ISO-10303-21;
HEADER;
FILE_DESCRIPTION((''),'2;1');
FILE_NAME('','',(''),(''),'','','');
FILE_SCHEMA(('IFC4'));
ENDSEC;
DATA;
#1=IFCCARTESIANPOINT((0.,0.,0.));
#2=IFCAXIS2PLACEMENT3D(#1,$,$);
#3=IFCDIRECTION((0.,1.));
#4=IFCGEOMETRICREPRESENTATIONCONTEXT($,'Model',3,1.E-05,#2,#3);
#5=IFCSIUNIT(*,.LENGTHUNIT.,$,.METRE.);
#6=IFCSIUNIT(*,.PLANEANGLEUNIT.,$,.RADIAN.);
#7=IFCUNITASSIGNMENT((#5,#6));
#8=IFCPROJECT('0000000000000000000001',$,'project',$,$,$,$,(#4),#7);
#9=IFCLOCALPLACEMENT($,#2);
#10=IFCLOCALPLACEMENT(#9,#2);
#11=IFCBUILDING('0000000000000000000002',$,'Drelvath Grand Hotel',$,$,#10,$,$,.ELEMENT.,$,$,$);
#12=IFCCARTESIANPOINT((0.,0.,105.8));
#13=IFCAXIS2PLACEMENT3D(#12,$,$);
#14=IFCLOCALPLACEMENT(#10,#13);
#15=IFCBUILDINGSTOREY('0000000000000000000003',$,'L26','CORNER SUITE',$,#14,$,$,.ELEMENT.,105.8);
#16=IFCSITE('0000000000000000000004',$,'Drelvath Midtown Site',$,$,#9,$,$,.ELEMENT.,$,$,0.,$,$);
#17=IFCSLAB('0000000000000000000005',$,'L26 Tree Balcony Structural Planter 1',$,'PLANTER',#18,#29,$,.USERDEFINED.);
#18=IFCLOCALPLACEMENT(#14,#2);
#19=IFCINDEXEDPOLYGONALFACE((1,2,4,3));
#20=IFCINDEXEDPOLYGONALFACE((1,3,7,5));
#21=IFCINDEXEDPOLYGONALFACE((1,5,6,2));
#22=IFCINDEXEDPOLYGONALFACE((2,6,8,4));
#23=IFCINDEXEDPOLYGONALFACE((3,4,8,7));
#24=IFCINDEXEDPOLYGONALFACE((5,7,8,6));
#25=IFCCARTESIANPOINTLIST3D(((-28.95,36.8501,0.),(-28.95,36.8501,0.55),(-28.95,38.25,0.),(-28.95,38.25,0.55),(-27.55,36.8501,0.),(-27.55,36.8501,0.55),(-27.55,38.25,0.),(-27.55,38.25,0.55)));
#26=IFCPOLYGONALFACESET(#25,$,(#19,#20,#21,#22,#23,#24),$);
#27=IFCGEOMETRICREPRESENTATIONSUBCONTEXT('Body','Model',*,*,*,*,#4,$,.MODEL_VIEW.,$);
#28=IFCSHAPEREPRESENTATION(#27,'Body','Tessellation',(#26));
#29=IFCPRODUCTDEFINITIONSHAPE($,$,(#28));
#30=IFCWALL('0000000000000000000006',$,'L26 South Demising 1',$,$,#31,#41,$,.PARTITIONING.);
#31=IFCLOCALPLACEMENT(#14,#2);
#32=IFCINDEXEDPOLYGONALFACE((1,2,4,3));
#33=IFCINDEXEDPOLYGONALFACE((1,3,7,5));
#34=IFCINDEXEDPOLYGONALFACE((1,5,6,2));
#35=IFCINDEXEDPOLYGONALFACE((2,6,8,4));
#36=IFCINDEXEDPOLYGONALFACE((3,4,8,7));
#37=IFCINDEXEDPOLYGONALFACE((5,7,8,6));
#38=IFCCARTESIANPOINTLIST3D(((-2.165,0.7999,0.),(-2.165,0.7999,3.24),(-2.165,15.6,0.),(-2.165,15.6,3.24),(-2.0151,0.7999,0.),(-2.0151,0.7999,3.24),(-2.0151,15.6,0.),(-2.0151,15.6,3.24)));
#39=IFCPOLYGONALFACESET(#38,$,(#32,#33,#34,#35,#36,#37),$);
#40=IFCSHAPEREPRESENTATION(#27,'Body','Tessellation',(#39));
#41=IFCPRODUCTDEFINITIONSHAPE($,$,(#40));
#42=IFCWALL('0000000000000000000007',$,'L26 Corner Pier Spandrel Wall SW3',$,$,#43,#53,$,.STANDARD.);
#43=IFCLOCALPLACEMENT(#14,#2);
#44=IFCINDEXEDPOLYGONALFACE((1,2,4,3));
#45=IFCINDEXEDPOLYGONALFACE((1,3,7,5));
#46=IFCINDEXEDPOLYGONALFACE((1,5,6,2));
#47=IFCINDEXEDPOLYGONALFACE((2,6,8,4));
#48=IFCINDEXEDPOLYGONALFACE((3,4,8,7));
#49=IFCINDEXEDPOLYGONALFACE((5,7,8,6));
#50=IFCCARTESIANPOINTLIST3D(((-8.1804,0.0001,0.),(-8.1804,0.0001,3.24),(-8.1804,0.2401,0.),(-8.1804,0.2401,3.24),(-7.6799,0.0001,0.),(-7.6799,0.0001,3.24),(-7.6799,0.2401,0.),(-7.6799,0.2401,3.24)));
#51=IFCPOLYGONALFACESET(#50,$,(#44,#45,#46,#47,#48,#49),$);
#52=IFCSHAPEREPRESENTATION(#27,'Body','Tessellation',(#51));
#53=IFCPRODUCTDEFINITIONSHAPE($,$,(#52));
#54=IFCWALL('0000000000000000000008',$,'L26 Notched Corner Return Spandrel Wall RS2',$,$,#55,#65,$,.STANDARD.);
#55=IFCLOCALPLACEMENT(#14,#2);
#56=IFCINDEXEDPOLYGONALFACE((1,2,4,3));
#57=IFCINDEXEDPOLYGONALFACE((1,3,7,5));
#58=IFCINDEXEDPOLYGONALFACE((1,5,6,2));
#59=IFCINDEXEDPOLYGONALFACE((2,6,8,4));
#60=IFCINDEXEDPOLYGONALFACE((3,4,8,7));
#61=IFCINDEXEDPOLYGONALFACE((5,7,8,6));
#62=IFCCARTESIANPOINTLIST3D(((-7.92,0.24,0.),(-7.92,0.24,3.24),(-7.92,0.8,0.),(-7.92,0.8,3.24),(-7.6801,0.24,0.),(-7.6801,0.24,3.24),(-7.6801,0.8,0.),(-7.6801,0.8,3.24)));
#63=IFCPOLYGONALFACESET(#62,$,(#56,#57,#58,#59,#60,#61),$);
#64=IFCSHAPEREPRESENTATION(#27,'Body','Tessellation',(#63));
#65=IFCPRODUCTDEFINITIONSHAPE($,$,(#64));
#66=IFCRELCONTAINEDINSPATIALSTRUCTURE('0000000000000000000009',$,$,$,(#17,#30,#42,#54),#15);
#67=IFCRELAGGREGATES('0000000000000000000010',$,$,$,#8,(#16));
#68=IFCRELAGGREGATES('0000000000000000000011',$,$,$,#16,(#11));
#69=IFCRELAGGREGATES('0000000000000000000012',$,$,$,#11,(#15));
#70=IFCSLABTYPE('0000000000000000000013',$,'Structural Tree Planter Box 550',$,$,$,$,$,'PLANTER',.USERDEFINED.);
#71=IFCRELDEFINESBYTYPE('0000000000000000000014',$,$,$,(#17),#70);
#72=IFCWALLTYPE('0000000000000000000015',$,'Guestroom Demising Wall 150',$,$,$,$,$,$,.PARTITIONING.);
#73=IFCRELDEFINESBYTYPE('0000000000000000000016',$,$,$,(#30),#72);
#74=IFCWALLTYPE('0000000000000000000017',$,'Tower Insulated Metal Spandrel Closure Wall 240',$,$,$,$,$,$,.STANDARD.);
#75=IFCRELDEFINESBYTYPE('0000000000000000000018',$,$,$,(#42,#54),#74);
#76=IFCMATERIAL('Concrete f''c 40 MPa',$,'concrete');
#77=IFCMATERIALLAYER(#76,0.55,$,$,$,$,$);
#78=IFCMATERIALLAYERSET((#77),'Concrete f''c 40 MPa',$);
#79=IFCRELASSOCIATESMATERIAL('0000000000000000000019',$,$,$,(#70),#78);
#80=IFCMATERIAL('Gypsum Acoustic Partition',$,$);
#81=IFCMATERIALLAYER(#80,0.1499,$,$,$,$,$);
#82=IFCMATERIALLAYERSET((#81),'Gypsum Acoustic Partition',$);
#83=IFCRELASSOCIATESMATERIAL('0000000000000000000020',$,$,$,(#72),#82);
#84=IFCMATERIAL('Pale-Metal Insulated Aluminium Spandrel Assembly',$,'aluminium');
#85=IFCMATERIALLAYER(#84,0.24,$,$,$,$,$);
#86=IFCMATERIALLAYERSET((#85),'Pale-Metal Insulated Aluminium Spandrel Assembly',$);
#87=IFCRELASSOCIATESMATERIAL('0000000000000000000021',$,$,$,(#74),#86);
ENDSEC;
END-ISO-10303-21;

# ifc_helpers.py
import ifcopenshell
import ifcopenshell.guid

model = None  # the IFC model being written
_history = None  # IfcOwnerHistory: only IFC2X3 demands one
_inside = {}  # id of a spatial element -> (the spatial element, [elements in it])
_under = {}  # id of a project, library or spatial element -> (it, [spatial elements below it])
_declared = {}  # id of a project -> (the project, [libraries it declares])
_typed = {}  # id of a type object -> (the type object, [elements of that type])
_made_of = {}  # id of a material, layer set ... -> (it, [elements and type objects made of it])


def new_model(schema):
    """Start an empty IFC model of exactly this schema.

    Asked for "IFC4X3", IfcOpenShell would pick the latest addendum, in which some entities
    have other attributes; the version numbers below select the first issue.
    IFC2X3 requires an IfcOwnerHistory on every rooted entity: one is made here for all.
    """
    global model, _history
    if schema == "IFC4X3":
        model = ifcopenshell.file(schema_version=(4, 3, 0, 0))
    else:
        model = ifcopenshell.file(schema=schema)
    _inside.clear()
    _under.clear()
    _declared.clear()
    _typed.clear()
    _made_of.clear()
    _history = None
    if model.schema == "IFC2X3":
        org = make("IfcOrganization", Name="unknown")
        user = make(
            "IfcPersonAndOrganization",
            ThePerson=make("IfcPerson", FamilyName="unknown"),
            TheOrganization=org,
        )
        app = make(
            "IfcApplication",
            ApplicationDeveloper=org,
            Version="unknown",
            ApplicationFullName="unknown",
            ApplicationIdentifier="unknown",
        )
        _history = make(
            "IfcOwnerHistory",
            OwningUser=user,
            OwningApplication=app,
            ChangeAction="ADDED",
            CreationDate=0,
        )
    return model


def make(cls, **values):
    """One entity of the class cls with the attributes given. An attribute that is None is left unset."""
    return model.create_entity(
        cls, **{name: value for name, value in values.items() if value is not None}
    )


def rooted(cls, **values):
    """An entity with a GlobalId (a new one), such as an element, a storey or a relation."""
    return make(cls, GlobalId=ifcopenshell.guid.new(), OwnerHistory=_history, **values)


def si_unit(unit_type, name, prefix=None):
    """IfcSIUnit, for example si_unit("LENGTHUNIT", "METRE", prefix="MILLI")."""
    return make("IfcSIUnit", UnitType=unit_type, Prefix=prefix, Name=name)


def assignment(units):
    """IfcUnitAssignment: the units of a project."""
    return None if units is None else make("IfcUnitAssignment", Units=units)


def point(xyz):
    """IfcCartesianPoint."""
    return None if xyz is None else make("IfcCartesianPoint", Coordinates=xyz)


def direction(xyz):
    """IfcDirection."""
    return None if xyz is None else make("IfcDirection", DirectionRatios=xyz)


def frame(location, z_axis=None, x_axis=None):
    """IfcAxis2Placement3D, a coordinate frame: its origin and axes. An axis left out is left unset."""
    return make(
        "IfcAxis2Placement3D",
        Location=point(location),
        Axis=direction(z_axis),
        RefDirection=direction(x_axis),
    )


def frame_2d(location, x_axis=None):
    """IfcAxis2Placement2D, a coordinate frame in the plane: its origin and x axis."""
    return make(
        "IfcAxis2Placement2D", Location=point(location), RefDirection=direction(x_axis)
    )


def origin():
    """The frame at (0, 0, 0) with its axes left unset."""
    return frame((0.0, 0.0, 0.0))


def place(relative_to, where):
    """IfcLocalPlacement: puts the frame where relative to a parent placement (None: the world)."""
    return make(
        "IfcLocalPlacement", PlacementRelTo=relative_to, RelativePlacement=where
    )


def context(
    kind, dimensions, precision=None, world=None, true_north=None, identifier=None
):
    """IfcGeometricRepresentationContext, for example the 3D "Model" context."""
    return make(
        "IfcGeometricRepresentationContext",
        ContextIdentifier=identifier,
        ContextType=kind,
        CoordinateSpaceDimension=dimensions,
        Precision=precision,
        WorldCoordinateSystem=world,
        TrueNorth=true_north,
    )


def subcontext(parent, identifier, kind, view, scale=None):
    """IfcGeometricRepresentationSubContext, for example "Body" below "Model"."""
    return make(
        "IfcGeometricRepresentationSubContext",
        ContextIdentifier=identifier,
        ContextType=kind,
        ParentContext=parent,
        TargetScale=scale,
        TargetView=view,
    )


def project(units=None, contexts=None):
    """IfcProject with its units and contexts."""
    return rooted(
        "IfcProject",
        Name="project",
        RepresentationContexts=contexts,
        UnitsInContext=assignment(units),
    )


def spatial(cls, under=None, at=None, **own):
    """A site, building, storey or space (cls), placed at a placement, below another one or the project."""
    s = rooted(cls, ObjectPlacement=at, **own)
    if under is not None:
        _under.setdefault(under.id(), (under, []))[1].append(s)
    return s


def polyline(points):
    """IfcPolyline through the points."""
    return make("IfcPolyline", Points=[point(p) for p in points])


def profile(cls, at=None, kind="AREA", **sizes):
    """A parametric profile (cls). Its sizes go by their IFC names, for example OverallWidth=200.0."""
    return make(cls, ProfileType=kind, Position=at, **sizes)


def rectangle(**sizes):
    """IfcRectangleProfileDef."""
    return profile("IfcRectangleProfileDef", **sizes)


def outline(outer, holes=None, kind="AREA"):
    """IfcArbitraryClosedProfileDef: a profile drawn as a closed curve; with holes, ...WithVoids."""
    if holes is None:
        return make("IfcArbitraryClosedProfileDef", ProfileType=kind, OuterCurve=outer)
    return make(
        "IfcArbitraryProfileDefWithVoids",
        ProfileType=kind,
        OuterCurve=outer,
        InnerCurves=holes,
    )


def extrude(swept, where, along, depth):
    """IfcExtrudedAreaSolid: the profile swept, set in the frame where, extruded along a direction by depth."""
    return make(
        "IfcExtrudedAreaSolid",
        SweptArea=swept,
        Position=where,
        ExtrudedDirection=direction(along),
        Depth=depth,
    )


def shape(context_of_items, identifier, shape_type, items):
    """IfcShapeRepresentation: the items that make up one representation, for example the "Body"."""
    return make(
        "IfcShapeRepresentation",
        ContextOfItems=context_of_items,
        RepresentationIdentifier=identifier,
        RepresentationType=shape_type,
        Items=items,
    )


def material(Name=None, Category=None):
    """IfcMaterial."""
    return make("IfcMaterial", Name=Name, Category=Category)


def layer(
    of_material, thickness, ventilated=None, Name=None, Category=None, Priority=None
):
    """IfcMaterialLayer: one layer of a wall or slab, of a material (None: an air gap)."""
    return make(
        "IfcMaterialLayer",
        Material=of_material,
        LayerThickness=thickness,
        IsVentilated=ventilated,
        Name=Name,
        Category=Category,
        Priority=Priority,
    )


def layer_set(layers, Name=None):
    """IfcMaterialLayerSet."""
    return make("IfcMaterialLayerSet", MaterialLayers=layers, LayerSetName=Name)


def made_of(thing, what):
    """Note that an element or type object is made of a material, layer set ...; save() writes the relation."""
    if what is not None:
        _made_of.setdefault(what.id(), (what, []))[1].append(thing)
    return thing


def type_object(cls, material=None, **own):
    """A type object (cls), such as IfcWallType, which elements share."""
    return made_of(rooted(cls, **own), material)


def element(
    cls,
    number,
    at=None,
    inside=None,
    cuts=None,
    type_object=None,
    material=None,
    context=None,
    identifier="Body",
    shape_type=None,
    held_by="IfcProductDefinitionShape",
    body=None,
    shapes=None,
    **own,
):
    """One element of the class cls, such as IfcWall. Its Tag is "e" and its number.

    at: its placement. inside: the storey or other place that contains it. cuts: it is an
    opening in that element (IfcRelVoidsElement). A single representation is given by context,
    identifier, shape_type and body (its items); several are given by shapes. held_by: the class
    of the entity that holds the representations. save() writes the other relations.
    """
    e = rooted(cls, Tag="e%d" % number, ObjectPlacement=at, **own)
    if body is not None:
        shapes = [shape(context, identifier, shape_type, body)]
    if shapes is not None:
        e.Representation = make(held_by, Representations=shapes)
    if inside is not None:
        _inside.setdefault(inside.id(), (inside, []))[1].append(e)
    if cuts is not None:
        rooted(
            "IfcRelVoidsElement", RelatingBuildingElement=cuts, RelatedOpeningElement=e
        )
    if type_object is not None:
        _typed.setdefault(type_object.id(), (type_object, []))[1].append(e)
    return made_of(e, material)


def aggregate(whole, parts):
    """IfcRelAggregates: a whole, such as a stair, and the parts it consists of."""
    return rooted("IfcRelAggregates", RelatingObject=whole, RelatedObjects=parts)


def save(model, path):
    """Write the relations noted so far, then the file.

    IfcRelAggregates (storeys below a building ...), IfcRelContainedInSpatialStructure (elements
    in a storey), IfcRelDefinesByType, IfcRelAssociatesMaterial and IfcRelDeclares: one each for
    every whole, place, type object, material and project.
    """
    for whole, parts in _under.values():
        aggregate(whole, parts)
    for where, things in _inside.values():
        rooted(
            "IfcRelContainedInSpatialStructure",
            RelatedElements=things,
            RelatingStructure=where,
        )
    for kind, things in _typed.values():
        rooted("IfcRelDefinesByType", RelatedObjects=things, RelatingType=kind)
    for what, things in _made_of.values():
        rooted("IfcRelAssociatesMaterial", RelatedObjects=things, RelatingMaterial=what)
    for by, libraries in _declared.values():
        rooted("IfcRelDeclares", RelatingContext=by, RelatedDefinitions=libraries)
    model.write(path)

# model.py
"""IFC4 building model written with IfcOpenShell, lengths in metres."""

from ifc_helpers import new_model, si_unit, direction, frame, frame_2d, origin, place, context, subcontext, project, spatial, polyline, rectangle, outline, extrude, material, layer, layer_set, type_object, element, save


model = new_model("IFC4")

# Units and contexts
model_context = context("Model", 3, precision=1e-05, world=origin(), true_north=direction((0.0, 1.0)))
body_context = subcontext(model_context, "Body", "Model", "MODEL_VIEW")
ifc_project = project(units=[si_unit("LENGTHUNIT", "METRE"), si_unit("PLANEANGLEUNIT", "RADIAN")], contexts=[model_context])

# Site, building, storey
site_placement = place(None, origin())
site = spatial("IfcSite", under=ifc_project, at=site_placement, Name="Drelvath Midtown Site", CompositionType="ELEMENT", RefElevation=0.0)
building_placement = place(site_placement, origin())
building = spatial("IfcBuilding", under=site, at=building_placement, Name="Drelvath Grand Hotel", CompositionType="ELEMENT")
storey_placement = place(building_placement, frame((0.0, 0.0, 105.8)))
storey = spatial("IfcBuildingStorey", under=building, at=storey_placement, Name="L26", Description="CORNER SUITE", CompositionType="ELEMENT", Elevation=105.8)

# Shared definitions
ifc_material_1 = material(Name="Concrete f'c 40 MPa", Category="concrete")

# Slab
ifc_layer_1 = layer(ifc_material_1, 0.55)
ifc_layer_set_1 = layer_set([ifc_layer_1], Name="Concrete f'c 40 MPa")
slab_type_1 = type_object("IfcSlabType", Name="Structural Tree Planter Box 550", ElementType="PLANTER", PredefinedType="USERDEFINED", material=ifc_layer_set_1)
slab_1_placement = place(storey_placement, origin())
element("IfcSlab", 1, at=slab_1_placement, inside=storey, type_object=slab_type_1, Name="L26 Tree Balcony Structural Planter 1", ObjectType="PLANTER", PredefinedType="USERDEFINED", context=body_context, shape_type="SweptSolid", body=[
    extrude(outline(polyline([(-28.95, 36.8501), (-27.55, 36.8501), (-27.55, 38.25), (-28.95, 38.25), (-28.95, 36.8501)])), origin(), (0.0, 0.0, 1.0), 0.55),
])

# Walls
ifc_material_2 = material(Name="Gypsum Acoustic Partition")
ifc_layer_2 = layer(ifc_material_2, 0.1499)
ifc_layer_set_2 = layer_set([ifc_layer_2], Name="Gypsum Acoustic Partition")
wall_type_1 = type_object("IfcWallType", Name="Guestroom Demising Wall 150", PredefinedType="PARTITIONING", material=ifc_layer_set_2)
wall_1_placement = place(storey_placement, frame((-2.0901, 0.8, 0.0), z_axis=(0.0, 0.0, 1.0), x_axis=(0.0, 1.0, 0.0)))
element("IfcWall", 2, at=wall_1_placement, inside=storey, type_object=wall_type_1, Name="L26 South Demising 1", PredefinedType="PARTITIONING", context=body_context, shape_type="SweptSolid", body=[
    extrude(rectangle(XDim=14.8, YDim=0.1499, at=frame_2d((7.3999, 0.0))), origin(), (0.0, 0.0, 1.0), 3.24),
])
ifc_material_3 = material(Name="Pale-Metal Insulated Aluminium Spandrel Assembly", Category="aluminium")
ifc_layer_3 = layer(ifc_material_3, 0.24)
ifc_layer_set_3 = layer_set([ifc_layer_3], Name="Pale-Metal Insulated Aluminium Spandrel Assembly")
wall_type_2 = type_object("IfcWallType", Name="Tower Insulated Metal Spandrel Closure Wall 240", PredefinedType="STANDARD", material=ifc_layer_set_3)
wall_2_placement = place(storey_placement, frame((-7.6799, 0.1201, 0.0), z_axis=(0.0, 0.0, 1.0), x_axis=(-1.0, 0.0, 0.0)))
element("IfcWall", 3, at=wall_2_placement, inside=storey, type_object=wall_type_2, Name="L26 Corner Pier Spandrel Wall SW3", PredefinedType="STANDARD", context=body_context, shape_type="SweptSolid", body=[
    extrude(rectangle(XDim=0.5005, YDim=0.24, at=frame_2d((0.2502, 0.0))), origin(), (0.0, 0.0, 1.0), 3.24),
])
wall_3_placement = place(storey_placement, frame((-7.8, 0.8, 0.0), z_axis=(0.0, 0.0, 1.0), x_axis=(0.0, -1.0, 0.0)))
element("IfcWall", 4, at=wall_3_placement, inside=storey, type_object=wall_type_2, Name="L26 Notched Corner Return Spandrel Wall RS2", PredefinedType="STANDARD", context=body_context, shape_type="SweptSolid", body=[
    extrude(rectangle(XDim=0.5601, YDim=0.24, at=frame_2d((0.28, 0.0))), origin(), (0.0, 0.0, 1.0), 3.24),
])

save(model, "model.ifc")
